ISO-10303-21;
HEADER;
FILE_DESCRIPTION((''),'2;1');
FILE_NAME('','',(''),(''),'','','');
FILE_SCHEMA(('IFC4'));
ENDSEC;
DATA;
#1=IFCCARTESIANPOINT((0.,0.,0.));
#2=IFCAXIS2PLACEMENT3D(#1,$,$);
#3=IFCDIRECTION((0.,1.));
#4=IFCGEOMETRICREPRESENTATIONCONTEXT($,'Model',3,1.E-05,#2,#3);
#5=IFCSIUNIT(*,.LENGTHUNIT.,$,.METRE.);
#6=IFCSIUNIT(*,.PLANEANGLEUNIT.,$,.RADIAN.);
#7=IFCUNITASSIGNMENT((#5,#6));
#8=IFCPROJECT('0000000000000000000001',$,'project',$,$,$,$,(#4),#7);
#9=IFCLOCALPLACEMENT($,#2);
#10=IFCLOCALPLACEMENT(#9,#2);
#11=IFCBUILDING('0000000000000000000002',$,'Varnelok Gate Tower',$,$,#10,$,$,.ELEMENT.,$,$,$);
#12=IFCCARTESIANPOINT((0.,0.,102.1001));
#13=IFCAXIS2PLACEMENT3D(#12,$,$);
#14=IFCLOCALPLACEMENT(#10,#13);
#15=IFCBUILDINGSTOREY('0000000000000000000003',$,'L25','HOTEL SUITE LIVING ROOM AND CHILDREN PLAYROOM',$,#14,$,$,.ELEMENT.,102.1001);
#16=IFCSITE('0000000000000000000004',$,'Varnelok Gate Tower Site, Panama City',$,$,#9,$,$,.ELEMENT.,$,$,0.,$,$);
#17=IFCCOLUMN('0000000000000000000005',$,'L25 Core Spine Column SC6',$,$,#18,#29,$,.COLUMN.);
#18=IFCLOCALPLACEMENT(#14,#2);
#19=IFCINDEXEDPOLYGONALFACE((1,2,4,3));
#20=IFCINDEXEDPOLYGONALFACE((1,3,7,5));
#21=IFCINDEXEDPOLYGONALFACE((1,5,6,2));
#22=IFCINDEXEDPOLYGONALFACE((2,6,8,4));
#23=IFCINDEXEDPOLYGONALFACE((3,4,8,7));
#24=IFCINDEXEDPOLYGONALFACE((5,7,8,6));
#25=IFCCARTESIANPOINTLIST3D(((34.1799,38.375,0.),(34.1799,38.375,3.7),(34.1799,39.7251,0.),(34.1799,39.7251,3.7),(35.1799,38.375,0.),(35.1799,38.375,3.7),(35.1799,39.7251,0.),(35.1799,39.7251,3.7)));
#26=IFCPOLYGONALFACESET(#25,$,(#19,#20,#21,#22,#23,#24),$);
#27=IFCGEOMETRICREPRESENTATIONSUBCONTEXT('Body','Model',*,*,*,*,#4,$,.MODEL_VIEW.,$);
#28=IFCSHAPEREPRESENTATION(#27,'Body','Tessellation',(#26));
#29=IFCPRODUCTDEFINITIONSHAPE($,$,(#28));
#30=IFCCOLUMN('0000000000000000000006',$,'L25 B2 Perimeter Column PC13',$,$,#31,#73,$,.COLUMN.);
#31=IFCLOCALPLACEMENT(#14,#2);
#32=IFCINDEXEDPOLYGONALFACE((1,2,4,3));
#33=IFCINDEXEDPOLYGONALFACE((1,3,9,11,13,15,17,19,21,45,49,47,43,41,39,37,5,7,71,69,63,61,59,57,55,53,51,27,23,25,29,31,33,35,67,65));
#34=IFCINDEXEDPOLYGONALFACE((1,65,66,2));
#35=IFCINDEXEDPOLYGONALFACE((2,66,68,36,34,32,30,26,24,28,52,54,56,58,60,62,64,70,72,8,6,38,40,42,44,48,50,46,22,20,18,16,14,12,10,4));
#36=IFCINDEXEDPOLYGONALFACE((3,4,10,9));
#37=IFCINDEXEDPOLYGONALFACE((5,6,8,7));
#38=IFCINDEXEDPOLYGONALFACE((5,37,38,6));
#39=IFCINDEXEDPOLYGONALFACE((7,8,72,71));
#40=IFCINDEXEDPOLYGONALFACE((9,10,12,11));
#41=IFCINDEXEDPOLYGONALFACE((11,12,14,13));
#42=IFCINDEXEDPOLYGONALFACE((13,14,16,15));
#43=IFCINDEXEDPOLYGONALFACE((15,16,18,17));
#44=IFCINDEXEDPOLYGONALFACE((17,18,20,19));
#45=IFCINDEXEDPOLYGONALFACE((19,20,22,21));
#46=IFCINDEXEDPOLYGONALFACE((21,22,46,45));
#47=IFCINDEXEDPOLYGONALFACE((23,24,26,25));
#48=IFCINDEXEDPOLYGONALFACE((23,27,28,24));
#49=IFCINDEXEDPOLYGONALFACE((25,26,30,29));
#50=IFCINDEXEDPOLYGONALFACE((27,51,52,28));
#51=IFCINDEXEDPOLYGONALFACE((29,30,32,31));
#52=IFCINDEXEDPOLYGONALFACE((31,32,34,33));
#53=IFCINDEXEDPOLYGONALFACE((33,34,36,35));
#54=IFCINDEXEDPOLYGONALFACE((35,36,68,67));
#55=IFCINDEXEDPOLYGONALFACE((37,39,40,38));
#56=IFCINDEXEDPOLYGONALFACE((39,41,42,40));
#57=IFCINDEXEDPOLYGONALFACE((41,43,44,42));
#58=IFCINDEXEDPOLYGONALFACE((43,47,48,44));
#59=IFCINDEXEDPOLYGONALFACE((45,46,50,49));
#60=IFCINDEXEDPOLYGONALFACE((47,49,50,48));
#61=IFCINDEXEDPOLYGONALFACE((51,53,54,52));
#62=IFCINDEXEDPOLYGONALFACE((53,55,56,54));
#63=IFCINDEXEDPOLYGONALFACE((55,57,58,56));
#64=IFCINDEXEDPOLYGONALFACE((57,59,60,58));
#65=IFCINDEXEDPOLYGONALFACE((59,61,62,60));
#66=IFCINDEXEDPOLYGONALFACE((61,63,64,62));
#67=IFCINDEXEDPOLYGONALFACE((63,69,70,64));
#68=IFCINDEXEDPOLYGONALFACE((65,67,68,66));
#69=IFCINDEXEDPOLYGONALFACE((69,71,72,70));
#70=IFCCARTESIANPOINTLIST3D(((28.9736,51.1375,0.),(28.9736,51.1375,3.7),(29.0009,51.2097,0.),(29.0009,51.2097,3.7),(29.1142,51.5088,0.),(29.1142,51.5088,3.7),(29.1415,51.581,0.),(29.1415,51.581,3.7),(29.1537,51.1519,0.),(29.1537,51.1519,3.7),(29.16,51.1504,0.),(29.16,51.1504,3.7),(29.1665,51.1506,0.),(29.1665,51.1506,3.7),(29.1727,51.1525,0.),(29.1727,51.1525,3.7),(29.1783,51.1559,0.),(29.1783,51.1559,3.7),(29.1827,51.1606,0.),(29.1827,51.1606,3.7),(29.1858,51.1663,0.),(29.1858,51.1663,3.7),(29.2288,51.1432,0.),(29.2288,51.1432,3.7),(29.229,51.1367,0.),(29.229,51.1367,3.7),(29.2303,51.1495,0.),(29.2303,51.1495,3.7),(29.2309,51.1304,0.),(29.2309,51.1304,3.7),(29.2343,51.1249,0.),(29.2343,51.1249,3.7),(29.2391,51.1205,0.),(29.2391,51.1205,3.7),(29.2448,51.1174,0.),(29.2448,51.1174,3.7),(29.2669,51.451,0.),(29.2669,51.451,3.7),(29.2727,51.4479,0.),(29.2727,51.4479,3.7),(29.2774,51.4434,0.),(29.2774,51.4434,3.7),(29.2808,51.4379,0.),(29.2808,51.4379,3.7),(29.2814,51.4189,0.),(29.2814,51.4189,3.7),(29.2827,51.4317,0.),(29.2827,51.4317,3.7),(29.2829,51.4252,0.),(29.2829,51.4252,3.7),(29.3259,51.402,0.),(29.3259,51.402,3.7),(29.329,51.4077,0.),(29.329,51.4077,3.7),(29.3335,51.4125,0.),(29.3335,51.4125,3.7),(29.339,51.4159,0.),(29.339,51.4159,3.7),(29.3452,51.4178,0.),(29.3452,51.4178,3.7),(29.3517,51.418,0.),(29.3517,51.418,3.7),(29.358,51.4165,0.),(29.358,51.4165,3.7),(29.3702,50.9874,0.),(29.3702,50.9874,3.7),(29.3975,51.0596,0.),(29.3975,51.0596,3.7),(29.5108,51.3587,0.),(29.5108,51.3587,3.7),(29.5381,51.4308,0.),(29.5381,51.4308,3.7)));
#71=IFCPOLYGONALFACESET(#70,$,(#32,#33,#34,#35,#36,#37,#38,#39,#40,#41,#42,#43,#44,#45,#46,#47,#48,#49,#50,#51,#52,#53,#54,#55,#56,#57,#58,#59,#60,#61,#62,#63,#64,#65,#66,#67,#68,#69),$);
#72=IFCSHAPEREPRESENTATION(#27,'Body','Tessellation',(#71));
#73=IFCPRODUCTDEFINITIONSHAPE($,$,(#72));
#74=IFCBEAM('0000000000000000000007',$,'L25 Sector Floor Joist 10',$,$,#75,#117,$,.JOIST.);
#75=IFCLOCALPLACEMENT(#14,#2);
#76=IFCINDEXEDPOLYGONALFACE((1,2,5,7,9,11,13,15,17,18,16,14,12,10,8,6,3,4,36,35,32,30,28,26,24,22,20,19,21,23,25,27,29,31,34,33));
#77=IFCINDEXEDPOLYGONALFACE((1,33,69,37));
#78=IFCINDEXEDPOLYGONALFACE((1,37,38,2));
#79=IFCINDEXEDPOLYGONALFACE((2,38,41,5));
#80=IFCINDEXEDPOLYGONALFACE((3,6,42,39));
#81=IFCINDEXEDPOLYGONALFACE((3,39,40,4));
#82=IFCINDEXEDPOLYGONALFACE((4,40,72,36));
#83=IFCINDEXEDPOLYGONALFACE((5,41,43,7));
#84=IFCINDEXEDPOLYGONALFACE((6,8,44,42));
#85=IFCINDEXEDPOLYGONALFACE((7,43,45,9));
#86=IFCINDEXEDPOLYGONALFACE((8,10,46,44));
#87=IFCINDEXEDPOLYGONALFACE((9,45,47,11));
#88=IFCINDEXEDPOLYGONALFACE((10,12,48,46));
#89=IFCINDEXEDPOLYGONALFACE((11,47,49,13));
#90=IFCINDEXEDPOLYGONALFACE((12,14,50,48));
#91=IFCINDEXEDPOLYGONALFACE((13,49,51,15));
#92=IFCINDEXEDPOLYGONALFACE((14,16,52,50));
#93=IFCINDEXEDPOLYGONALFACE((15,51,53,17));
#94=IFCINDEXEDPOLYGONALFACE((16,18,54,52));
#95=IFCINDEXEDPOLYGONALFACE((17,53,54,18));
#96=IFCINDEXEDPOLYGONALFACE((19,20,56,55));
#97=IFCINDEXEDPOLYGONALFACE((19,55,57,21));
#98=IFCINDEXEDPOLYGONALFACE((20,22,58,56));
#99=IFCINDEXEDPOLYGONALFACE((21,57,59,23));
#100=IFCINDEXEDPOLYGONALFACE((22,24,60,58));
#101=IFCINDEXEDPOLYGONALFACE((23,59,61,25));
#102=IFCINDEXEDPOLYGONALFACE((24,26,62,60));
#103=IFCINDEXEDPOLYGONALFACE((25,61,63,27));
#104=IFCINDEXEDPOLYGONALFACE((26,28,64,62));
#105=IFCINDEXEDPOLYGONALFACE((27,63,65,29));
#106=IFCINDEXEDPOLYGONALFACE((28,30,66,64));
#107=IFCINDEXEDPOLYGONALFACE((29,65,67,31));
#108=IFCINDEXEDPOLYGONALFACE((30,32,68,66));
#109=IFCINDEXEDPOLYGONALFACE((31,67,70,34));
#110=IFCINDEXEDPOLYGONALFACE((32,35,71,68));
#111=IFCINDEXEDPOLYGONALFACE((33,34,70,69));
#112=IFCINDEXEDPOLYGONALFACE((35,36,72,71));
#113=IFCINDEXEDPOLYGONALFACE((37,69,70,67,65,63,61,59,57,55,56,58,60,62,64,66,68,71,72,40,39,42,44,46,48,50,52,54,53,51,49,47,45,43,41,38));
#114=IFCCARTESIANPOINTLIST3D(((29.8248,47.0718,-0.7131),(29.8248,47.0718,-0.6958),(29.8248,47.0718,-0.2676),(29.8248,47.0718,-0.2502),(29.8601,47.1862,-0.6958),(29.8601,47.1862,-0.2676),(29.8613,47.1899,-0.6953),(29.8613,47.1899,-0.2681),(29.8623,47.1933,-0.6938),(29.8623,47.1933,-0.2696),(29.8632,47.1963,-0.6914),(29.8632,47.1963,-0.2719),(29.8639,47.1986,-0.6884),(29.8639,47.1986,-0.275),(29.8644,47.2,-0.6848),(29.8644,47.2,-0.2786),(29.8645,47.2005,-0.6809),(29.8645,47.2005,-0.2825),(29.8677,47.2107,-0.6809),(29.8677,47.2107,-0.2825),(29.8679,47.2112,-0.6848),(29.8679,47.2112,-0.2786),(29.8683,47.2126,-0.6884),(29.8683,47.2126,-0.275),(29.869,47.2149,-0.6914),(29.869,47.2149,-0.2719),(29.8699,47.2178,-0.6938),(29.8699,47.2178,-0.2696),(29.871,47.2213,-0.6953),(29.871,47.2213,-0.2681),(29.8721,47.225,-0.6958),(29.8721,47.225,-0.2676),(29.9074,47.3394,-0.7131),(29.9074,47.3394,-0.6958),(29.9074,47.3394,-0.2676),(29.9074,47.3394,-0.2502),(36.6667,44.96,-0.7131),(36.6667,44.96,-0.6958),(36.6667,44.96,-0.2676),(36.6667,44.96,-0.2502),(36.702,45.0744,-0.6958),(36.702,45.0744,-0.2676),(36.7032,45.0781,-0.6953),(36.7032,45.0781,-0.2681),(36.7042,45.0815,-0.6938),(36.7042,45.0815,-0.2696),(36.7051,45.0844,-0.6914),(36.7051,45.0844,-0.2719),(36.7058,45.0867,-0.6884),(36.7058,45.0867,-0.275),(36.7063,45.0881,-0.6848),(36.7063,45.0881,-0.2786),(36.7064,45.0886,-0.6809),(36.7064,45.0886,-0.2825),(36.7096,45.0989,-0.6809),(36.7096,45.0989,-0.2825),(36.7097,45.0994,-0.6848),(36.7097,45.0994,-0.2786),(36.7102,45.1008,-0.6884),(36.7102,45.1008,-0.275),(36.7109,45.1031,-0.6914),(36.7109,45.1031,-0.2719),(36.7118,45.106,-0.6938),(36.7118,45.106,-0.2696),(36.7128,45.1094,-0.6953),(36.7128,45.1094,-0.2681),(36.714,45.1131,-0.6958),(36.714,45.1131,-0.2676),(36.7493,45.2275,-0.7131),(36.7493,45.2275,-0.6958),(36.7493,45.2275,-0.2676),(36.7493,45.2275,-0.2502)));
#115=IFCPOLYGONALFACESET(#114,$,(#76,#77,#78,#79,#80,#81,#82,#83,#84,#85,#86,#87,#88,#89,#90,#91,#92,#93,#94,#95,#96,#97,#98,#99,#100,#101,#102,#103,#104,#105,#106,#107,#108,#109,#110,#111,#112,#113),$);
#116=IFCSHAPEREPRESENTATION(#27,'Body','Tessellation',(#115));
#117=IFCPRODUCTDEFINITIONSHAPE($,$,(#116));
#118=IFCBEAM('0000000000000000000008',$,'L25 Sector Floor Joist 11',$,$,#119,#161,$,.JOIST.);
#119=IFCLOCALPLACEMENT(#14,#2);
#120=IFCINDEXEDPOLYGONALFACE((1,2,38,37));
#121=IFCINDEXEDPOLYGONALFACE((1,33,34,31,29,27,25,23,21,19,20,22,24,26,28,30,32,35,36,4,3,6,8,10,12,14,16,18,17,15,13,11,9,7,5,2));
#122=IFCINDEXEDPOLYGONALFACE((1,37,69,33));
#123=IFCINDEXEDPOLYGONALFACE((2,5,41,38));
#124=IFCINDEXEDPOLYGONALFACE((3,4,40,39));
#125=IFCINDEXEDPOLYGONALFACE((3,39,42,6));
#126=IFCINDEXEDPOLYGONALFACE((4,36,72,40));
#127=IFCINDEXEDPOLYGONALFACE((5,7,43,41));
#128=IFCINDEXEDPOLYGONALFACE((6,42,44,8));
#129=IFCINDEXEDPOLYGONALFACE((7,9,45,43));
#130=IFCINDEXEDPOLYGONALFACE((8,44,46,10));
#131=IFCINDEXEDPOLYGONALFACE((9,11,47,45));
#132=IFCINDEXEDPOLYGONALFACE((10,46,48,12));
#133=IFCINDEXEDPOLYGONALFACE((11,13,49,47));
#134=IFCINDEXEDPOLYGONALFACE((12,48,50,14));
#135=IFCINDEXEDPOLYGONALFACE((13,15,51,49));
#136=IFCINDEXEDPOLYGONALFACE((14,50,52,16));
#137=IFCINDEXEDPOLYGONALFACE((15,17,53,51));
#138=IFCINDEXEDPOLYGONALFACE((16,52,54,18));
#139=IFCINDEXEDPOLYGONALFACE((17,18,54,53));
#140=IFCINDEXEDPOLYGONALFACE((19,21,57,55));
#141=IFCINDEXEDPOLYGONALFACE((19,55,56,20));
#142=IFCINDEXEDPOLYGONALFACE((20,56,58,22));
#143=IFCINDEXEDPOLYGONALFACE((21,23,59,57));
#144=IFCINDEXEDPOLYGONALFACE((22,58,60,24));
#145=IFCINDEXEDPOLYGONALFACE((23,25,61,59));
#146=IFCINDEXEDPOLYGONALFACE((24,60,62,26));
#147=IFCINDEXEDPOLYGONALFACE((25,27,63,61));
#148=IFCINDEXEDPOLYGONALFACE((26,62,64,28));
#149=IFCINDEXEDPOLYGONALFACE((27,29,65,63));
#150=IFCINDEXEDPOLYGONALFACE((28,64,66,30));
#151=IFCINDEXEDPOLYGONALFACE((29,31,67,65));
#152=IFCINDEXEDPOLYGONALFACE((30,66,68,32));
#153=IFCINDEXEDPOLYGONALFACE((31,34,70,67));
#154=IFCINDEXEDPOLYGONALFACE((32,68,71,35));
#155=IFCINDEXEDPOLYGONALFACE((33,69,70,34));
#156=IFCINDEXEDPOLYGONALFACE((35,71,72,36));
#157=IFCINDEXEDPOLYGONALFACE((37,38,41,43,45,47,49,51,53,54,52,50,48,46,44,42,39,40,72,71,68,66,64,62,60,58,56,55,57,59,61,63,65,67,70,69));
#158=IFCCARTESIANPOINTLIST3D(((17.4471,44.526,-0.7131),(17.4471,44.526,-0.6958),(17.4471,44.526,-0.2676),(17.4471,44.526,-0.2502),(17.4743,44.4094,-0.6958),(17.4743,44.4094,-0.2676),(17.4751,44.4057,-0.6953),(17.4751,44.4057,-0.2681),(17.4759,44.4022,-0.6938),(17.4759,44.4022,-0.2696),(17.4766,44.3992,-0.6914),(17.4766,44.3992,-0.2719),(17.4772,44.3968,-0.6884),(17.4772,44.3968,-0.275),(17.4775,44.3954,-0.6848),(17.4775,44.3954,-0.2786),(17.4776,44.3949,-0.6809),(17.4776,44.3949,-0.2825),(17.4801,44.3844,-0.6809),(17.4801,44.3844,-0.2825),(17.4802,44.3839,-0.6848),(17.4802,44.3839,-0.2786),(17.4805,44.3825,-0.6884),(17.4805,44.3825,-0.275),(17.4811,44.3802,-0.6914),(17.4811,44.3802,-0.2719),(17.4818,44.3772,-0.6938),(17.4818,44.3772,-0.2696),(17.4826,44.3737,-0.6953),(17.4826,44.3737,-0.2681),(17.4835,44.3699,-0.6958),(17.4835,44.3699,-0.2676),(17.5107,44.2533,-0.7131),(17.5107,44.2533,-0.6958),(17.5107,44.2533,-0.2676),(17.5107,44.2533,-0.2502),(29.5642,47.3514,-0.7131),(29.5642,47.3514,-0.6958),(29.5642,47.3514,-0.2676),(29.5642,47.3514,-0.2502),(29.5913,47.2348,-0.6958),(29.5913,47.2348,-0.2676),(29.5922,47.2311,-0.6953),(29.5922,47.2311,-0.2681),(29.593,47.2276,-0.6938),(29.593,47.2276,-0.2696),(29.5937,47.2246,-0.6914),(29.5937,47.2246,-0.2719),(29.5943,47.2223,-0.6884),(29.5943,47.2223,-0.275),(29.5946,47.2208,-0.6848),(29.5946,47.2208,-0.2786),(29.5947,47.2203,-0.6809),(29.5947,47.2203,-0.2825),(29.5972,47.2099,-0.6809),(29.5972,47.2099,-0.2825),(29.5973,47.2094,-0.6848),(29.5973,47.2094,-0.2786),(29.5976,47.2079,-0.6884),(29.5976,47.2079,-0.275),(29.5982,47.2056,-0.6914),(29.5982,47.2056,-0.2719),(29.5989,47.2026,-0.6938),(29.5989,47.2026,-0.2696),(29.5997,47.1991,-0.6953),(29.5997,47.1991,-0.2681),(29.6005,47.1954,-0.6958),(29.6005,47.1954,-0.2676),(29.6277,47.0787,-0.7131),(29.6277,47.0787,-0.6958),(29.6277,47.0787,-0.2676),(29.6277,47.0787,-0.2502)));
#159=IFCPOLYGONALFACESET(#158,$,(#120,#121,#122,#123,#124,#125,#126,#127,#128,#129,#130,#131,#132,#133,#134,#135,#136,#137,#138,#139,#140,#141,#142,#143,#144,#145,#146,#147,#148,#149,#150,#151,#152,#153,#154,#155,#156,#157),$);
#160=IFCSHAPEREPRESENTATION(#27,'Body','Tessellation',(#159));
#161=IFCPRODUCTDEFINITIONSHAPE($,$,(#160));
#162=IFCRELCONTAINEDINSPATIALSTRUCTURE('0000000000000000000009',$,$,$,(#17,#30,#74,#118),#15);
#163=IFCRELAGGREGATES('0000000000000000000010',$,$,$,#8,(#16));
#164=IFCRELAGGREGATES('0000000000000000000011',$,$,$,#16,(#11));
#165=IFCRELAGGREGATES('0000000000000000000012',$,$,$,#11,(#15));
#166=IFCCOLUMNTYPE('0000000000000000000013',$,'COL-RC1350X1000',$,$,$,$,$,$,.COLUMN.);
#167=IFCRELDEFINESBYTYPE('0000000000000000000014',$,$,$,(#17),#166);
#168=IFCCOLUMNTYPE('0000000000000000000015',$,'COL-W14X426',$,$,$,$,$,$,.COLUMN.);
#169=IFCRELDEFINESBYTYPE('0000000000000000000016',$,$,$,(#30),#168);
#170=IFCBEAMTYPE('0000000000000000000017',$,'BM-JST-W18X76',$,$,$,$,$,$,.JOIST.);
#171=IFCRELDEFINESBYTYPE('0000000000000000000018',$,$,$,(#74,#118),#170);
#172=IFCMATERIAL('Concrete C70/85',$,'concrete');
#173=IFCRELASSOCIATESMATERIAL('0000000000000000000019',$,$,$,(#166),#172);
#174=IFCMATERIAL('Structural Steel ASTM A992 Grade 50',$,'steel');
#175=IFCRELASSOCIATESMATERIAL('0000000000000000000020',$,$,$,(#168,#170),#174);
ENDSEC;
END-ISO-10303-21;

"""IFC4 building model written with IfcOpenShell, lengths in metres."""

from ifc_helpers import new_model, si_unit, direction, frame, origin, origin_2d, place, context, subcontext, project, spatial, rectangle, i_section, extrude, material, material_profile, profile_set, type_object, element, save


model = new_model("IFC4")

# Units and contexts
model_context = context("Model", 3, precision=1e-05, world=origin(), true_north=direction((0.0, 1.0)))
body_context = subcontext(model_context, "Body", "Model", "MODEL_VIEW")
ifc_project = project(units=[si_unit("LENGTHUNIT", "METRE"), si_unit("PLANEANGLEUNIT", "RADIAN")], contexts=[model_context])

# Site, building, storey
site_placement = place(None, origin())
site = spatial("IfcSite", under=ifc_project, at=site_placement, Name="Varnelok Gate Tower Site, Panama City", CompositionType="ELEMENT", RefElevation=0.0)
building_placement = place(site_placement, origin())
building = spatial("IfcBuilding", under=site, at=building_placement, Name="Varnelok Gate Tower", CompositionType="ELEMENT")
storey_placement = place(building_placement, frame((0.0, 0.0, 102.1001)))
storey = spatial("IfcBuildingStorey", under=building, at=storey_placement, Name="L25", Description="HOTEL SUITE LIVING ROOM AND CHILDREN PLAYROOM", CompositionType="ELEMENT", Elevation=102.1001)

# Columns
ifc_material_1 = material(Name="Concrete C70/85", Category="concrete")
ifc_material_profile_1 = material_profile(ifc_material_1, rectangle(XDim=1.0, YDim=1.3501, at=origin_2d()), Name="RC1350X1000")
ifc_profile_set_1 = profile_set([ifc_material_profile_1], Name="Concrete C70/85")
column_type_1 = type_object("IfcColumnType", Name="COL-RC1350X1000", PredefinedType="COLUMN", material=ifc_profile_set_1)
column_1_placement = place(storey_placement, frame((34.6799, 39.05, 0.0), z_axis=(0.0, 0.0, 1.0), x_axis=(1.0, 0.0, 0.0)))
element("IfcColumn", 1, at=column_1_placement, inside=storey, type_object=column_type_1, Name="L25 Core Spine Column SC6", PredefinedType="COLUMN", context=body_context, shape_type="SweptSolid", body=[
    extrude(rectangle(XDim=1.0, YDim=1.3501, at=origin_2d()), origin(), (0.0, 0.0, 1.0), 3.7),
])
ifc_material_2 = material(Name="Structural Steel ASTM A992 Grade 50", Category="steel")
ifc_material_profile_2 = material_profile(ifc_material_2, i_section(OverallWidth=0.4241, OverallDepth=0.4741, WebThickness=0.0476, FlangeThickness=0.0771, FilletRadius=0.0249, at=origin_2d()), Name="W14X426")
ifc_profile_set_2 = profile_set([ifc_material_profile_2], Name="Structural Steel ASTM A992 Grade 50")
column_type_2 = type_object("IfcColumnType", Name="COL-W14X426", PredefinedType="COLUMN", material=ifc_profile_set_2)
column_2_placement = place(storey_placement, frame((29.2559, 51.2842, 0.0), z_axis=(0.0, 0.0, 1.0), x_axis=(0.935222, -0.354063, 0.0)))
element("IfcColumn", 2, at=column_2_placement, inside=storey, type_object=column_type_2, Name="L25 B2 Perimeter Column PC13", PredefinedType="COLUMN", context=body_context, shape_type="SweptSolid", body=[
    extrude(i_section(OverallWidth=0.4241, OverallDepth=0.4741, WebThickness=0.0476, FlangeThickness=0.0771, FilletRadius=0.0249, at=origin_2d()), origin(), (0.0, 0.0, 1.0), 3.7),
])

# Beams
ifc_material_profile_3 = material_profile(ifc_material_2, i_section(OverallWidth=0.28, OverallDepth=0.4629, WebThickness=0.0107, FlangeThickness=0.0173, FilletRadius=0.0149, at=origin_2d()), Name="W18X76")
ifc_profile_set_3 = profile_set([ifc_material_profile_3], Name="Structural Steel ASTM A992 Grade 50")
beam_type_1 = type_object("IfcBeamType", Name="BM-JST-W18X76", PredefinedType="JOIST", material=ifc_profile_set_3)
beam_1_placement = place(storey_placement, frame((36.708, 45.0938, -0.4817), z_axis=(-0.955518, 0.294934, 0.0), x_axis=(-0.294934, -0.955518, 0.0)))
element("IfcBeam", 3, at=beam_1_placement, inside=storey, type_object=beam_type_1, Name="L25 Sector Floor Joist 10", PredefinedType="JOIST", context=body_context, shape_type="SweptSolid", body=[
    extrude(i_section(OverallWidth=0.28, OverallDepth=0.4629, WebThickness=0.0107, FlangeThickness=0.0173, FilletRadius=0.0149, at=origin_2d()), origin(), (0.0, 0.0, 1.0), 7.1604),
])
beam_2_placement = place(storey_placement, frame((29.5959, 47.2151, -0.4817), z_axis=(-0.973875, -0.227084, 0.0), x_axis=(0.227084, -0.973875, 0.0)))
element("IfcBeam", 4, at=beam_2_placement, inside=storey, type_object=beam_type_1, Name="L25 Sector Floor Joist 11", PredefinedType="JOIST", context=body_context, shape_type="SweptSolid", body=[
    extrude(i_section(OverallWidth=0.28, OverallDepth=0.4629, WebThickness=0.0107, FlangeThickness=0.0173, FilletRadius=0.0149, at=origin_2d()), origin(), (0.0, 0.0, 1.0), 12.4421),
])

save(model, "model.ifc")
